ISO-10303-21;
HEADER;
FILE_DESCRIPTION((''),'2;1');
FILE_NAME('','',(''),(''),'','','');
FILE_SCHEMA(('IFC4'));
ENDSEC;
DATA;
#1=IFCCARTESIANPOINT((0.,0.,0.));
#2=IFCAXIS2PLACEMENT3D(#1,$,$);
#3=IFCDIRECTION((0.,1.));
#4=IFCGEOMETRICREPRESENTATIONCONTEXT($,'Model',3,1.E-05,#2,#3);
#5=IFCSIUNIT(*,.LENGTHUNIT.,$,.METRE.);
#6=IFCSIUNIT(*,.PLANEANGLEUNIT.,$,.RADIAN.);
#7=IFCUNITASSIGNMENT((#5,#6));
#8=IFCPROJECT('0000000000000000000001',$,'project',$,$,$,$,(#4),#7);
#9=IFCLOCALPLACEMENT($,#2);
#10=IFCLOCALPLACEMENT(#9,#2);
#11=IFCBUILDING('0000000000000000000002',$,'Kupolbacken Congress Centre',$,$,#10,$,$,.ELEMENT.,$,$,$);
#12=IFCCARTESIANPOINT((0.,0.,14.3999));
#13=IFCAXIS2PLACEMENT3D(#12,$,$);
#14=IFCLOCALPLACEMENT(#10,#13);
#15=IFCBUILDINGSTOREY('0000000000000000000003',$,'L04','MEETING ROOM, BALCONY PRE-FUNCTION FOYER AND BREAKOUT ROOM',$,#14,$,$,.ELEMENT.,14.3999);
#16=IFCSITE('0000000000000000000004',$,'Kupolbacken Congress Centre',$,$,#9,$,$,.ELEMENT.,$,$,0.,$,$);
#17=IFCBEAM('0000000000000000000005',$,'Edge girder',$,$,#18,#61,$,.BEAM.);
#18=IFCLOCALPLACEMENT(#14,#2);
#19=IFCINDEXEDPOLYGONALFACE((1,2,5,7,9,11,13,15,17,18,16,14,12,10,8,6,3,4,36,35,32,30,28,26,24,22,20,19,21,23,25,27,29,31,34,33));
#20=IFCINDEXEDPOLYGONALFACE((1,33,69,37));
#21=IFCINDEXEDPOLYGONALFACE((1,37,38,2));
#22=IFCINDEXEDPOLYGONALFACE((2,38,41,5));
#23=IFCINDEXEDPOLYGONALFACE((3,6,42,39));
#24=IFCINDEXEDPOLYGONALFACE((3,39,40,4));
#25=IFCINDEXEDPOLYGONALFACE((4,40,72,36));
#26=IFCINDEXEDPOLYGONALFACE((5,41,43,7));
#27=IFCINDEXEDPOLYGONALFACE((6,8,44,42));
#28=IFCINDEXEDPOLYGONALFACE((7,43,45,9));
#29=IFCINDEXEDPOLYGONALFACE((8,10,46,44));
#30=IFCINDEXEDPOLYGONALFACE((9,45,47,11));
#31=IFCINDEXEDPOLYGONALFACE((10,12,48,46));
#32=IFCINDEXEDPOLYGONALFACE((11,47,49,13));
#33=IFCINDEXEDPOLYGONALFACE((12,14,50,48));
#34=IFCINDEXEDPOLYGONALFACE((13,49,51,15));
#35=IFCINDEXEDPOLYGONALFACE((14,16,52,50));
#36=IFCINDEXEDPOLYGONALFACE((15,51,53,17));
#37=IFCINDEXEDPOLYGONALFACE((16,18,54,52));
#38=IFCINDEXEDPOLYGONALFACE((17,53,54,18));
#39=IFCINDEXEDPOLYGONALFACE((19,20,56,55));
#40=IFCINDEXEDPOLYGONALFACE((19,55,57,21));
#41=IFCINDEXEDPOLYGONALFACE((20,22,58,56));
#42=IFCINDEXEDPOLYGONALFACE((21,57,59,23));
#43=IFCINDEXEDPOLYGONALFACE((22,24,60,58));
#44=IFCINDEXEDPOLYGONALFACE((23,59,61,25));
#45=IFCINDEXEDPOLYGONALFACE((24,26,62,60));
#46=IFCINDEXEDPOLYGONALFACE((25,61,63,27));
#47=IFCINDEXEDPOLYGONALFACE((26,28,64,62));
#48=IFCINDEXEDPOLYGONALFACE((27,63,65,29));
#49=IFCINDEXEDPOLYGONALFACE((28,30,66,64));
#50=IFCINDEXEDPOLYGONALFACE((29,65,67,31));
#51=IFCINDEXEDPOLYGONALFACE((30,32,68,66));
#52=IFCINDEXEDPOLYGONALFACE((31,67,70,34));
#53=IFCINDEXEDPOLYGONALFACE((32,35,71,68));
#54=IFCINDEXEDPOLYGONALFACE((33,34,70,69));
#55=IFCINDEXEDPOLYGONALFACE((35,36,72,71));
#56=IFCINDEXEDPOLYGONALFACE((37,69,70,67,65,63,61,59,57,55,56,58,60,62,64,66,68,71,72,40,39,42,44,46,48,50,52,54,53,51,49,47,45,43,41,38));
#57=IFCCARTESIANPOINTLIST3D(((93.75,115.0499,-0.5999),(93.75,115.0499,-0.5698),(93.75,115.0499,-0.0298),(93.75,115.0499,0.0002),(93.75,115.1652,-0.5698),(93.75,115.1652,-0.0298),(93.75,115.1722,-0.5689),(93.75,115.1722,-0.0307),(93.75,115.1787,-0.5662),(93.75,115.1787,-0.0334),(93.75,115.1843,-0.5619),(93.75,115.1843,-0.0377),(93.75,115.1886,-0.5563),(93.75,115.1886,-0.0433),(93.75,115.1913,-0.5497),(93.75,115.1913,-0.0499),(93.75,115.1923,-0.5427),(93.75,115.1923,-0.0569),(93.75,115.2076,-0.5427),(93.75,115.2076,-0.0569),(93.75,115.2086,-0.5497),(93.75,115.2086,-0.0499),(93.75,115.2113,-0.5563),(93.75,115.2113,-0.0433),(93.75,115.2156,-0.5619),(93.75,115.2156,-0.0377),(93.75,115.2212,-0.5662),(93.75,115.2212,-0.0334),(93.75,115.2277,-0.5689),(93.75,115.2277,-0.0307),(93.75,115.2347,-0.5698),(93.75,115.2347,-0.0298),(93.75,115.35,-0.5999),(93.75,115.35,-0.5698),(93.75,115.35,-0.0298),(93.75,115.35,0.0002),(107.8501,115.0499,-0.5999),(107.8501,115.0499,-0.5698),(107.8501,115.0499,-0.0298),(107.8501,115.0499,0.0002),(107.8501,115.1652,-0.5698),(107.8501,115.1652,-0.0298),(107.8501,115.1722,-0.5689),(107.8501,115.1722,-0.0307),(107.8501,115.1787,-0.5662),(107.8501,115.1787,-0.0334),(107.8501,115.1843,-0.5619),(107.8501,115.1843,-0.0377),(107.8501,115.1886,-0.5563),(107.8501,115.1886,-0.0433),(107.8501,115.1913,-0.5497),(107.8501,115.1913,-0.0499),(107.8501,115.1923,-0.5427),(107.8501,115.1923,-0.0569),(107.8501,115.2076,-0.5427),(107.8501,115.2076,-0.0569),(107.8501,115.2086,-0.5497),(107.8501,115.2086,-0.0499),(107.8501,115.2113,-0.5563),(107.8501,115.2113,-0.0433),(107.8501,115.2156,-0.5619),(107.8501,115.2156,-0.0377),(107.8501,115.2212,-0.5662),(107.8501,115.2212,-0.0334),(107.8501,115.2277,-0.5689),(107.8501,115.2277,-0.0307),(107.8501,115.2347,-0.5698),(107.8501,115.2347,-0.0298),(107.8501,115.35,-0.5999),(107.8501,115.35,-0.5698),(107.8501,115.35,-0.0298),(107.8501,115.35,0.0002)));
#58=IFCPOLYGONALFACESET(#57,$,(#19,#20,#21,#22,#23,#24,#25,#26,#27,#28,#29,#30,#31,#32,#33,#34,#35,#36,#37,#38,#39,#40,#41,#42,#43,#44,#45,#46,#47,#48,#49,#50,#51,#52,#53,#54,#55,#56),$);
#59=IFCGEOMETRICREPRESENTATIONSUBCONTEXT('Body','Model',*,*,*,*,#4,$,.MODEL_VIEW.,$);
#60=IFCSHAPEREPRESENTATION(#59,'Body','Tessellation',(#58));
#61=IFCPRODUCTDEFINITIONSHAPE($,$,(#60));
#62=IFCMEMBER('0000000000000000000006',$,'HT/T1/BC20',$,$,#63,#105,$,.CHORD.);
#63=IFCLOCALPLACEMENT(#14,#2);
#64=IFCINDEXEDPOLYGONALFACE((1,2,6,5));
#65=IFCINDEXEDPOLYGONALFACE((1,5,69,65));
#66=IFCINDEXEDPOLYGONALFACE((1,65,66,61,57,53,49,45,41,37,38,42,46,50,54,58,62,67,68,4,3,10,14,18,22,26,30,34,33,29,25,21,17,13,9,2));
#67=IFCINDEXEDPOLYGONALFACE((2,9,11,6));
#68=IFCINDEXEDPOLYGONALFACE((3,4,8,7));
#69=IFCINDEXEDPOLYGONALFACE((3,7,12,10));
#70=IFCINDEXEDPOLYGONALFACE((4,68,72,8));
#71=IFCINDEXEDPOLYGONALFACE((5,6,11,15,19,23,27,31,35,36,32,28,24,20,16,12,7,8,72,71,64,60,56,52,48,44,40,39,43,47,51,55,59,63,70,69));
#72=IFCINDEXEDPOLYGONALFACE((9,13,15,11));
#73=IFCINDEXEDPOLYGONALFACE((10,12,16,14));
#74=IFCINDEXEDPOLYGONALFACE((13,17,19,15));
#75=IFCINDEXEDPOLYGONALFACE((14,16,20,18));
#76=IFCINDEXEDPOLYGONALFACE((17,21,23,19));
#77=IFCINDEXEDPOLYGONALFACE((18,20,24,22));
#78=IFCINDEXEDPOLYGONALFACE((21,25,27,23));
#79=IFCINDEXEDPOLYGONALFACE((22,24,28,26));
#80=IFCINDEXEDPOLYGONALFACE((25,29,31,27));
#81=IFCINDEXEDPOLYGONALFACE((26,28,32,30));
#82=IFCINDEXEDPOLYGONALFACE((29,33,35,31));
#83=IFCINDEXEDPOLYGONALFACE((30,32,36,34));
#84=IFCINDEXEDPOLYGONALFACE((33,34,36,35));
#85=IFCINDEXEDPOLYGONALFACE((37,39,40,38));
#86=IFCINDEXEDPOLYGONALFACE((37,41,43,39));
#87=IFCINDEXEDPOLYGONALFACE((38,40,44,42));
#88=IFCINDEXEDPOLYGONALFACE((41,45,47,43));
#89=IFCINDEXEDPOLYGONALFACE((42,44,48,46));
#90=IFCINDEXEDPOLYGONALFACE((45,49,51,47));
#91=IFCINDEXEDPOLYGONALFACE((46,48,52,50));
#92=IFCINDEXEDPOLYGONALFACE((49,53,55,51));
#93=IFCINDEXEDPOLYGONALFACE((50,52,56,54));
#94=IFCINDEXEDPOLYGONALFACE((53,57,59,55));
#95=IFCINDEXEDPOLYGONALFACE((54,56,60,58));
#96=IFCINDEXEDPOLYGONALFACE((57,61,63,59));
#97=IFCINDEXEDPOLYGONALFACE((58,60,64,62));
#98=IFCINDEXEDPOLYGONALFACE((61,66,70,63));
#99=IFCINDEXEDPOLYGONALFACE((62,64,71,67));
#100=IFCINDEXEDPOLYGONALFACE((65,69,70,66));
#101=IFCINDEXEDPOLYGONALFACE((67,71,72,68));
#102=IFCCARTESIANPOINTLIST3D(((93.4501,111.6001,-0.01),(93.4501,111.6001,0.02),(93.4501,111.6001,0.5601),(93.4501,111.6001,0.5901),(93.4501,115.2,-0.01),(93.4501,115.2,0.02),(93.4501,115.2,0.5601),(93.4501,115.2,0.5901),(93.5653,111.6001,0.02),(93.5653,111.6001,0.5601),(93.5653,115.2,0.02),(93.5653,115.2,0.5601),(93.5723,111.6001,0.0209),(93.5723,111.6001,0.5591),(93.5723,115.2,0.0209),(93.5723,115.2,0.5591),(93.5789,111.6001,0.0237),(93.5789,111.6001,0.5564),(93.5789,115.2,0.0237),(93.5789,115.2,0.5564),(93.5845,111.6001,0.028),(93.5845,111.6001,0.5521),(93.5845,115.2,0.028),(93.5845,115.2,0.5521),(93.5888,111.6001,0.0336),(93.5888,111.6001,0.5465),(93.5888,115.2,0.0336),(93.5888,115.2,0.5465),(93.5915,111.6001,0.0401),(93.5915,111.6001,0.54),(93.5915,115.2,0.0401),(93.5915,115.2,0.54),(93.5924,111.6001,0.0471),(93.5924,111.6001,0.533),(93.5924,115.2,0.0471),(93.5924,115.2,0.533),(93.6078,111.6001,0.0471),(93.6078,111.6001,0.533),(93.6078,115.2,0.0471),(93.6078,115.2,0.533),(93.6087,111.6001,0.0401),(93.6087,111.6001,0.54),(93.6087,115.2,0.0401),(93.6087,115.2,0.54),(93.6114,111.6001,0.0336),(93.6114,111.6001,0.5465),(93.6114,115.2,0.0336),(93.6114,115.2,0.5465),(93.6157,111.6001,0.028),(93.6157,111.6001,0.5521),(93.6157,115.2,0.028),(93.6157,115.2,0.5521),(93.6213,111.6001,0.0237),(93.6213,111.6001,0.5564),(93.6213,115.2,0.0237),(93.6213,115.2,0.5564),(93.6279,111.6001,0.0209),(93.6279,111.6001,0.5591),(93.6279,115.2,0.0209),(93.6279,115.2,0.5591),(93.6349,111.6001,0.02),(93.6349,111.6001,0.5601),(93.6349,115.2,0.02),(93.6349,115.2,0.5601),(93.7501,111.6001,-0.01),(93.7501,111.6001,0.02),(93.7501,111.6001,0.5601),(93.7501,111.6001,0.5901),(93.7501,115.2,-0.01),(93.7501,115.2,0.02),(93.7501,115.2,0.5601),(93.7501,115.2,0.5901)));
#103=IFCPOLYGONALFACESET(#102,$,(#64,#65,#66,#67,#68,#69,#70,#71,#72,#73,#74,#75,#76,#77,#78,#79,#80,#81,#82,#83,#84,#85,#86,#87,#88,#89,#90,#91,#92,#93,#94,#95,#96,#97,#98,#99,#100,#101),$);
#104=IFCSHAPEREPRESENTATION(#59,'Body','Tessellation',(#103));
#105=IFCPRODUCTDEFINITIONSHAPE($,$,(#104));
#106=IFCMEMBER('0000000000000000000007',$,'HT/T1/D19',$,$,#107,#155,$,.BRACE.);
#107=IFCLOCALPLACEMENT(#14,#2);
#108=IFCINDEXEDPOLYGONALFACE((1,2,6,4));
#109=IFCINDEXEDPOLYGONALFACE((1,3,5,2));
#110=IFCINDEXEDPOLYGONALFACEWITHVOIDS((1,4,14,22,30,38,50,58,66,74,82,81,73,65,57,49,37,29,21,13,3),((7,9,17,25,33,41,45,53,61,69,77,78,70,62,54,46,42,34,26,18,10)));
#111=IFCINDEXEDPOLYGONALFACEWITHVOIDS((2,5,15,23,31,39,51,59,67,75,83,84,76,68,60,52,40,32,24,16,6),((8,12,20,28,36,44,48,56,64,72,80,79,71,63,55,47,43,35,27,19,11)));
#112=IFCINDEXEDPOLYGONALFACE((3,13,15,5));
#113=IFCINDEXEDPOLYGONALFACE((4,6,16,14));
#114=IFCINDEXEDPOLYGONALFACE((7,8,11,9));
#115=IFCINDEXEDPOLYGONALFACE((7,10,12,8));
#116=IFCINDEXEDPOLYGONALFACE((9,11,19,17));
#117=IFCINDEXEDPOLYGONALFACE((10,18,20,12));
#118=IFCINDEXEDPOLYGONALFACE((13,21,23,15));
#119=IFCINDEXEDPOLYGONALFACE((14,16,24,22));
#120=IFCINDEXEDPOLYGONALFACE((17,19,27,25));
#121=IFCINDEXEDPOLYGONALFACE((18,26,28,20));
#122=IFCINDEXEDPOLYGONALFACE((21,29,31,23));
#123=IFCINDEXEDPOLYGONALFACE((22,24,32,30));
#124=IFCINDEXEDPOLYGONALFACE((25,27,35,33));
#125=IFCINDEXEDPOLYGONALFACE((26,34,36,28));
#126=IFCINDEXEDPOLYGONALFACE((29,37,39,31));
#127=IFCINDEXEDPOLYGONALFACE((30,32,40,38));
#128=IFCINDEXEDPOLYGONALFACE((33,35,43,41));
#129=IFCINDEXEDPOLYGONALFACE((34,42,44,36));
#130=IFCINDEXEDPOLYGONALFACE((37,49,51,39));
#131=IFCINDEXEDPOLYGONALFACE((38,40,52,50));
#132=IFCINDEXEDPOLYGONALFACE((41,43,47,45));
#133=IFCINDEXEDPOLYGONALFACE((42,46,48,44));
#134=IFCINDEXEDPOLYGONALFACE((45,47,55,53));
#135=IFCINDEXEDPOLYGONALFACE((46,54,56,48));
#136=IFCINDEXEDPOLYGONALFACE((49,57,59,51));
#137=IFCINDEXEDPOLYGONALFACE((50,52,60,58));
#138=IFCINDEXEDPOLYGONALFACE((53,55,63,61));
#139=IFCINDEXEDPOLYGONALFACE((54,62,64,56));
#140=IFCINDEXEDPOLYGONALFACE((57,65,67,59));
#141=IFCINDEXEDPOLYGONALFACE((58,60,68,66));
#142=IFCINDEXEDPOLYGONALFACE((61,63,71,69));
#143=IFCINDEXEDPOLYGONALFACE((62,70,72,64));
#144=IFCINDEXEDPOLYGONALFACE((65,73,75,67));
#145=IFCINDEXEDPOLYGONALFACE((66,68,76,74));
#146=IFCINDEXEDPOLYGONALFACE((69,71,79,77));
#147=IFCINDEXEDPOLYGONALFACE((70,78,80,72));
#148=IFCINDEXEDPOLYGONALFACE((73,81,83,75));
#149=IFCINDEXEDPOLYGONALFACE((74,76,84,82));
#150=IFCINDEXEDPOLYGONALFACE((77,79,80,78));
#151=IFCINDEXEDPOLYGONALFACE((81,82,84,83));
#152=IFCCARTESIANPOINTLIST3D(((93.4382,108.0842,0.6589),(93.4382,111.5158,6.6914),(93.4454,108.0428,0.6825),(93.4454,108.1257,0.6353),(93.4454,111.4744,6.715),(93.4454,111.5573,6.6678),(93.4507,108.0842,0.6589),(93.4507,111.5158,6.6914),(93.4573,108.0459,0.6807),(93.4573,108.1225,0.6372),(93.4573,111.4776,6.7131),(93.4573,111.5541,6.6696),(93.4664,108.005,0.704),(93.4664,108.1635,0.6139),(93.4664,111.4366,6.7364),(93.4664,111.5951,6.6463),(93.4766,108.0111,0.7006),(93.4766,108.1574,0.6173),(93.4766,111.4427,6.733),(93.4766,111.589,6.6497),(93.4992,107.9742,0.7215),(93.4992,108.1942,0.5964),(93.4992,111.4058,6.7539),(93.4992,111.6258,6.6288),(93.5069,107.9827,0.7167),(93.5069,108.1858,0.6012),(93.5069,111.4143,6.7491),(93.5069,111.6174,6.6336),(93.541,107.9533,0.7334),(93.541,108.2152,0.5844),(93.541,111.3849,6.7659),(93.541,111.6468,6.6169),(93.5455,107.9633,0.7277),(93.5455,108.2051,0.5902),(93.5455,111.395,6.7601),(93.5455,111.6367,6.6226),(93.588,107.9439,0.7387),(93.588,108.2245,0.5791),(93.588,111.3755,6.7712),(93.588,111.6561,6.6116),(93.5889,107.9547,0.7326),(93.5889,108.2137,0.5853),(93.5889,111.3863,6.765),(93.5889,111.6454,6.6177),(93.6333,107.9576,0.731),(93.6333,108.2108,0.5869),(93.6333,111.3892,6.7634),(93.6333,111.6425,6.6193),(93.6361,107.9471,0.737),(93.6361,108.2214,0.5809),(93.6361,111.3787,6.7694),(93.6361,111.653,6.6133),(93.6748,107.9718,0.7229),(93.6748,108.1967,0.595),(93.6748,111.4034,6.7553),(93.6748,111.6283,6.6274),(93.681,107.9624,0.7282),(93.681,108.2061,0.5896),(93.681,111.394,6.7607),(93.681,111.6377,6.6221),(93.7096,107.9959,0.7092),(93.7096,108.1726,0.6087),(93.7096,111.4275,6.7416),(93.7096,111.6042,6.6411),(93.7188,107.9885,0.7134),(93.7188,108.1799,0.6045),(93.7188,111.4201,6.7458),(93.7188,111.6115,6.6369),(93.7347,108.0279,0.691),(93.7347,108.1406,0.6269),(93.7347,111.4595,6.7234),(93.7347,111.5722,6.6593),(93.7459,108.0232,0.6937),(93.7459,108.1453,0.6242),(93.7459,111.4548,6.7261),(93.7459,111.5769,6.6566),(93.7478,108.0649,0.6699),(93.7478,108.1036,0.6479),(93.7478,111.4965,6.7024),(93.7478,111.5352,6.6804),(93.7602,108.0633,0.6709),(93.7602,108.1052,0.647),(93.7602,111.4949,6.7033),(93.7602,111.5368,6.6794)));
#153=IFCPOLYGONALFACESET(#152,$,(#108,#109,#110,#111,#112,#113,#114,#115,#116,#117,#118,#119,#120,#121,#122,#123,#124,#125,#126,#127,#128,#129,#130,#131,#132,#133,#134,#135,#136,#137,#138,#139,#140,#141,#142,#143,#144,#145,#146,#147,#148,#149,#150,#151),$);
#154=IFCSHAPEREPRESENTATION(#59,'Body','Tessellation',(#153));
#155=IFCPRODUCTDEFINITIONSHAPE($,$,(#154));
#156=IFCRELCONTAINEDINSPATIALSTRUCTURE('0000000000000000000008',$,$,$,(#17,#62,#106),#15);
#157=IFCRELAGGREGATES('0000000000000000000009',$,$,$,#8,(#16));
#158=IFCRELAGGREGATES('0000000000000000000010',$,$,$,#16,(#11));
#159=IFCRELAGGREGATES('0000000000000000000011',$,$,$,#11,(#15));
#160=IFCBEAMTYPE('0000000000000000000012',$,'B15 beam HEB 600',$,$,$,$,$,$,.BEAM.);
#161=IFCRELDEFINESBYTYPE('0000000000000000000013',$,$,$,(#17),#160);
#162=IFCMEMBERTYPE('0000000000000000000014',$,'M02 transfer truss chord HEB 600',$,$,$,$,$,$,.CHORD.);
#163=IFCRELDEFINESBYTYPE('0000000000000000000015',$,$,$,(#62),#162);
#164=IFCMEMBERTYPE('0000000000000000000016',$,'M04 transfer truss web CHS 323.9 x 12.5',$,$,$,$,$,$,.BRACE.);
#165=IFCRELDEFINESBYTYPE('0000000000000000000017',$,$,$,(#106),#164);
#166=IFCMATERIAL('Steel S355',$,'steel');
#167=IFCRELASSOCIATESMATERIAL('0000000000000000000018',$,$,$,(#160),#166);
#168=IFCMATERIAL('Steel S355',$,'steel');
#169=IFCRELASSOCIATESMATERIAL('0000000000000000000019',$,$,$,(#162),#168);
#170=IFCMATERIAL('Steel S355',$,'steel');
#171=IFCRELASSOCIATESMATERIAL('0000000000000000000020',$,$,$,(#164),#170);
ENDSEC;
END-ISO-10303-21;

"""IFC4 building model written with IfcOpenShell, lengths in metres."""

from ifc_helpers import new_model, si_unit, direction, frame, origin, origin_2d, place, context, subcontext, project, spatial, hollow_circle, i_section, extrude, material, material_profile, profile_set, type_object, element, save


model = new_model("IFC4")

# Units and contexts
model_context = context("Model", 3, precision=1e-05, world=origin(), true_north=direction((0.0, 1.0)))
body_context = subcontext(model_context, "Body", "Model", "MODEL_VIEW")
ifc_project = project(units=[si_unit("LENGTHUNIT", "METRE"), si_unit("PLANEANGLEUNIT", "RADIAN")], contexts=[model_context])

# Site, building, storey
site_placement = place(None, origin())
site = spatial("IfcSite", under=ifc_project, at=site_placement, Name="Kupolbacken Congress Centre", CompositionType="ELEMENT", RefElevation=0.0)
building_placement = place(site_placement, origin())
building = spatial("IfcBuilding", under=site, at=building_placement, Name="Kupolbacken Congress Centre", CompositionType="ELEMENT")
storey_placement = place(building_placement, frame((0.0, 0.0, 14.3999)))
storey = spatial("IfcBuildingStorey", under=building, at=storey_placement, Name="L04", Description="MEETING ROOM, BALCONY PRE-FUNCTION FOYER AND BREAKOUT ROOM", CompositionType="ELEMENT", Elevation=14.3999)

# Beam
ifc_material_1 = material(Name="Steel S355", Category="steel")
ifc_material_profile_1 = material_profile(ifc_material_1, i_section(OverallWidth=0.3, OverallDepth=0.6001, WebThickness=0.0154, FlangeThickness=0.03, FilletRadius=0.0271, at=origin_2d()), Name="HEB 600")
ifc_profile_set_1 = profile_set([ifc_material_profile_1], Name="Steel S355")
beam_type_1 = type_object("IfcBeamType", Name="B15 beam HEB 600", PredefinedType="BEAM", material=ifc_profile_set_1)
beam_1_placement = place(storey_placement, frame((93.75, 115.2, -0.2998), z_axis=(1.0, 0.0, 0.0), x_axis=(0.0, 1.0, 0.0)))
element("IfcBeam", 1, at=beam_1_placement, inside=storey, type_object=beam_type_1, Name="Edge girder", PredefinedType="BEAM", context=body_context, shape_type="SweptSolid", body=[
    extrude(i_section(OverallWidth=0.3, OverallDepth=0.6001, WebThickness=0.0154, FlangeThickness=0.03, FilletRadius=0.0271, at=origin_2d()), origin(), (0.0, 0.0, 1.0), 14.1001),
])

# Members
ifc_material_2 = material(Name="Steel S355", Category="steel")
ifc_material_profile_2 = material_profile(ifc_material_2, i_section(OverallWidth=0.3, OverallDepth=0.6001, WebThickness=0.0154, FlangeThickness=0.03, FilletRadius=0.0271, at=origin_2d()), Name="HEB 600")
ifc_profile_set_2 = profile_set([ifc_material_profile_2], Name="Steel S355")
member_type_1 = type_object("IfcMemberType", Name="M02 transfer truss chord HEB 600", PredefinedType="CHORD", material=ifc_profile_set_2)
member_1_placement = place(storey_placement, frame((93.6001, 111.6001, 0.29), z_axis=(0.0, 1.0, 0.0), x_axis=(-1.0, 0.0, 0.0)))
element("IfcMember", 2, at=member_1_placement, inside=storey, type_object=member_type_1, Name="HT/T1/BC20", PredefinedType="CHORD", context=body_context, shape_type="SweptSolid", body=[
    extrude(i_section(OverallWidth=0.3, OverallDepth=0.6001, WebThickness=0.0154, FlangeThickness=0.03, FilletRadius=0.0271, at=origin_2d()), origin(), (0.0, 0.0, 1.0), 3.5999),
])
ifc_material_3 = material(Name="Steel S355", Category="steel")
ifc_material_profile_3 = material_profile(ifc_material_3, hollow_circle(Radius=0.1619, WallThickness=0.0125, at=origin_2d()), Name="CHS 323.9 x 12.5")
ifc_profile_set_3 = profile_set([ifc_material_profile_3], Name="Steel S355")
member_type_2 = type_object("IfcMemberType", Name="M04 transfer truss web CHS 323.9 x 12.5", PredefinedType="BRACE", material=ifc_profile_set_3)
member_2_placement = place(storey_placement, frame((93.6001, 108.0842, 0.6589), z_axis=(0.0, 0.494456, 0.869203), x_axis=(-1.0, 0.0, 0.0)))
element("IfcMember", 3, at=member_2_placement, inside=storey, type_object=member_type_2, Name="HT/T1/D19", PredefinedType="BRACE", context=body_context, shape_type="SweptSolid", body=[
    extrude(hollow_circle(Radius=0.1619, WallThickness=0.0125, at=origin_2d()), origin(), (0.0, 0.0, 1.0), 6.9402),
])

save(model, "model.ifc")
